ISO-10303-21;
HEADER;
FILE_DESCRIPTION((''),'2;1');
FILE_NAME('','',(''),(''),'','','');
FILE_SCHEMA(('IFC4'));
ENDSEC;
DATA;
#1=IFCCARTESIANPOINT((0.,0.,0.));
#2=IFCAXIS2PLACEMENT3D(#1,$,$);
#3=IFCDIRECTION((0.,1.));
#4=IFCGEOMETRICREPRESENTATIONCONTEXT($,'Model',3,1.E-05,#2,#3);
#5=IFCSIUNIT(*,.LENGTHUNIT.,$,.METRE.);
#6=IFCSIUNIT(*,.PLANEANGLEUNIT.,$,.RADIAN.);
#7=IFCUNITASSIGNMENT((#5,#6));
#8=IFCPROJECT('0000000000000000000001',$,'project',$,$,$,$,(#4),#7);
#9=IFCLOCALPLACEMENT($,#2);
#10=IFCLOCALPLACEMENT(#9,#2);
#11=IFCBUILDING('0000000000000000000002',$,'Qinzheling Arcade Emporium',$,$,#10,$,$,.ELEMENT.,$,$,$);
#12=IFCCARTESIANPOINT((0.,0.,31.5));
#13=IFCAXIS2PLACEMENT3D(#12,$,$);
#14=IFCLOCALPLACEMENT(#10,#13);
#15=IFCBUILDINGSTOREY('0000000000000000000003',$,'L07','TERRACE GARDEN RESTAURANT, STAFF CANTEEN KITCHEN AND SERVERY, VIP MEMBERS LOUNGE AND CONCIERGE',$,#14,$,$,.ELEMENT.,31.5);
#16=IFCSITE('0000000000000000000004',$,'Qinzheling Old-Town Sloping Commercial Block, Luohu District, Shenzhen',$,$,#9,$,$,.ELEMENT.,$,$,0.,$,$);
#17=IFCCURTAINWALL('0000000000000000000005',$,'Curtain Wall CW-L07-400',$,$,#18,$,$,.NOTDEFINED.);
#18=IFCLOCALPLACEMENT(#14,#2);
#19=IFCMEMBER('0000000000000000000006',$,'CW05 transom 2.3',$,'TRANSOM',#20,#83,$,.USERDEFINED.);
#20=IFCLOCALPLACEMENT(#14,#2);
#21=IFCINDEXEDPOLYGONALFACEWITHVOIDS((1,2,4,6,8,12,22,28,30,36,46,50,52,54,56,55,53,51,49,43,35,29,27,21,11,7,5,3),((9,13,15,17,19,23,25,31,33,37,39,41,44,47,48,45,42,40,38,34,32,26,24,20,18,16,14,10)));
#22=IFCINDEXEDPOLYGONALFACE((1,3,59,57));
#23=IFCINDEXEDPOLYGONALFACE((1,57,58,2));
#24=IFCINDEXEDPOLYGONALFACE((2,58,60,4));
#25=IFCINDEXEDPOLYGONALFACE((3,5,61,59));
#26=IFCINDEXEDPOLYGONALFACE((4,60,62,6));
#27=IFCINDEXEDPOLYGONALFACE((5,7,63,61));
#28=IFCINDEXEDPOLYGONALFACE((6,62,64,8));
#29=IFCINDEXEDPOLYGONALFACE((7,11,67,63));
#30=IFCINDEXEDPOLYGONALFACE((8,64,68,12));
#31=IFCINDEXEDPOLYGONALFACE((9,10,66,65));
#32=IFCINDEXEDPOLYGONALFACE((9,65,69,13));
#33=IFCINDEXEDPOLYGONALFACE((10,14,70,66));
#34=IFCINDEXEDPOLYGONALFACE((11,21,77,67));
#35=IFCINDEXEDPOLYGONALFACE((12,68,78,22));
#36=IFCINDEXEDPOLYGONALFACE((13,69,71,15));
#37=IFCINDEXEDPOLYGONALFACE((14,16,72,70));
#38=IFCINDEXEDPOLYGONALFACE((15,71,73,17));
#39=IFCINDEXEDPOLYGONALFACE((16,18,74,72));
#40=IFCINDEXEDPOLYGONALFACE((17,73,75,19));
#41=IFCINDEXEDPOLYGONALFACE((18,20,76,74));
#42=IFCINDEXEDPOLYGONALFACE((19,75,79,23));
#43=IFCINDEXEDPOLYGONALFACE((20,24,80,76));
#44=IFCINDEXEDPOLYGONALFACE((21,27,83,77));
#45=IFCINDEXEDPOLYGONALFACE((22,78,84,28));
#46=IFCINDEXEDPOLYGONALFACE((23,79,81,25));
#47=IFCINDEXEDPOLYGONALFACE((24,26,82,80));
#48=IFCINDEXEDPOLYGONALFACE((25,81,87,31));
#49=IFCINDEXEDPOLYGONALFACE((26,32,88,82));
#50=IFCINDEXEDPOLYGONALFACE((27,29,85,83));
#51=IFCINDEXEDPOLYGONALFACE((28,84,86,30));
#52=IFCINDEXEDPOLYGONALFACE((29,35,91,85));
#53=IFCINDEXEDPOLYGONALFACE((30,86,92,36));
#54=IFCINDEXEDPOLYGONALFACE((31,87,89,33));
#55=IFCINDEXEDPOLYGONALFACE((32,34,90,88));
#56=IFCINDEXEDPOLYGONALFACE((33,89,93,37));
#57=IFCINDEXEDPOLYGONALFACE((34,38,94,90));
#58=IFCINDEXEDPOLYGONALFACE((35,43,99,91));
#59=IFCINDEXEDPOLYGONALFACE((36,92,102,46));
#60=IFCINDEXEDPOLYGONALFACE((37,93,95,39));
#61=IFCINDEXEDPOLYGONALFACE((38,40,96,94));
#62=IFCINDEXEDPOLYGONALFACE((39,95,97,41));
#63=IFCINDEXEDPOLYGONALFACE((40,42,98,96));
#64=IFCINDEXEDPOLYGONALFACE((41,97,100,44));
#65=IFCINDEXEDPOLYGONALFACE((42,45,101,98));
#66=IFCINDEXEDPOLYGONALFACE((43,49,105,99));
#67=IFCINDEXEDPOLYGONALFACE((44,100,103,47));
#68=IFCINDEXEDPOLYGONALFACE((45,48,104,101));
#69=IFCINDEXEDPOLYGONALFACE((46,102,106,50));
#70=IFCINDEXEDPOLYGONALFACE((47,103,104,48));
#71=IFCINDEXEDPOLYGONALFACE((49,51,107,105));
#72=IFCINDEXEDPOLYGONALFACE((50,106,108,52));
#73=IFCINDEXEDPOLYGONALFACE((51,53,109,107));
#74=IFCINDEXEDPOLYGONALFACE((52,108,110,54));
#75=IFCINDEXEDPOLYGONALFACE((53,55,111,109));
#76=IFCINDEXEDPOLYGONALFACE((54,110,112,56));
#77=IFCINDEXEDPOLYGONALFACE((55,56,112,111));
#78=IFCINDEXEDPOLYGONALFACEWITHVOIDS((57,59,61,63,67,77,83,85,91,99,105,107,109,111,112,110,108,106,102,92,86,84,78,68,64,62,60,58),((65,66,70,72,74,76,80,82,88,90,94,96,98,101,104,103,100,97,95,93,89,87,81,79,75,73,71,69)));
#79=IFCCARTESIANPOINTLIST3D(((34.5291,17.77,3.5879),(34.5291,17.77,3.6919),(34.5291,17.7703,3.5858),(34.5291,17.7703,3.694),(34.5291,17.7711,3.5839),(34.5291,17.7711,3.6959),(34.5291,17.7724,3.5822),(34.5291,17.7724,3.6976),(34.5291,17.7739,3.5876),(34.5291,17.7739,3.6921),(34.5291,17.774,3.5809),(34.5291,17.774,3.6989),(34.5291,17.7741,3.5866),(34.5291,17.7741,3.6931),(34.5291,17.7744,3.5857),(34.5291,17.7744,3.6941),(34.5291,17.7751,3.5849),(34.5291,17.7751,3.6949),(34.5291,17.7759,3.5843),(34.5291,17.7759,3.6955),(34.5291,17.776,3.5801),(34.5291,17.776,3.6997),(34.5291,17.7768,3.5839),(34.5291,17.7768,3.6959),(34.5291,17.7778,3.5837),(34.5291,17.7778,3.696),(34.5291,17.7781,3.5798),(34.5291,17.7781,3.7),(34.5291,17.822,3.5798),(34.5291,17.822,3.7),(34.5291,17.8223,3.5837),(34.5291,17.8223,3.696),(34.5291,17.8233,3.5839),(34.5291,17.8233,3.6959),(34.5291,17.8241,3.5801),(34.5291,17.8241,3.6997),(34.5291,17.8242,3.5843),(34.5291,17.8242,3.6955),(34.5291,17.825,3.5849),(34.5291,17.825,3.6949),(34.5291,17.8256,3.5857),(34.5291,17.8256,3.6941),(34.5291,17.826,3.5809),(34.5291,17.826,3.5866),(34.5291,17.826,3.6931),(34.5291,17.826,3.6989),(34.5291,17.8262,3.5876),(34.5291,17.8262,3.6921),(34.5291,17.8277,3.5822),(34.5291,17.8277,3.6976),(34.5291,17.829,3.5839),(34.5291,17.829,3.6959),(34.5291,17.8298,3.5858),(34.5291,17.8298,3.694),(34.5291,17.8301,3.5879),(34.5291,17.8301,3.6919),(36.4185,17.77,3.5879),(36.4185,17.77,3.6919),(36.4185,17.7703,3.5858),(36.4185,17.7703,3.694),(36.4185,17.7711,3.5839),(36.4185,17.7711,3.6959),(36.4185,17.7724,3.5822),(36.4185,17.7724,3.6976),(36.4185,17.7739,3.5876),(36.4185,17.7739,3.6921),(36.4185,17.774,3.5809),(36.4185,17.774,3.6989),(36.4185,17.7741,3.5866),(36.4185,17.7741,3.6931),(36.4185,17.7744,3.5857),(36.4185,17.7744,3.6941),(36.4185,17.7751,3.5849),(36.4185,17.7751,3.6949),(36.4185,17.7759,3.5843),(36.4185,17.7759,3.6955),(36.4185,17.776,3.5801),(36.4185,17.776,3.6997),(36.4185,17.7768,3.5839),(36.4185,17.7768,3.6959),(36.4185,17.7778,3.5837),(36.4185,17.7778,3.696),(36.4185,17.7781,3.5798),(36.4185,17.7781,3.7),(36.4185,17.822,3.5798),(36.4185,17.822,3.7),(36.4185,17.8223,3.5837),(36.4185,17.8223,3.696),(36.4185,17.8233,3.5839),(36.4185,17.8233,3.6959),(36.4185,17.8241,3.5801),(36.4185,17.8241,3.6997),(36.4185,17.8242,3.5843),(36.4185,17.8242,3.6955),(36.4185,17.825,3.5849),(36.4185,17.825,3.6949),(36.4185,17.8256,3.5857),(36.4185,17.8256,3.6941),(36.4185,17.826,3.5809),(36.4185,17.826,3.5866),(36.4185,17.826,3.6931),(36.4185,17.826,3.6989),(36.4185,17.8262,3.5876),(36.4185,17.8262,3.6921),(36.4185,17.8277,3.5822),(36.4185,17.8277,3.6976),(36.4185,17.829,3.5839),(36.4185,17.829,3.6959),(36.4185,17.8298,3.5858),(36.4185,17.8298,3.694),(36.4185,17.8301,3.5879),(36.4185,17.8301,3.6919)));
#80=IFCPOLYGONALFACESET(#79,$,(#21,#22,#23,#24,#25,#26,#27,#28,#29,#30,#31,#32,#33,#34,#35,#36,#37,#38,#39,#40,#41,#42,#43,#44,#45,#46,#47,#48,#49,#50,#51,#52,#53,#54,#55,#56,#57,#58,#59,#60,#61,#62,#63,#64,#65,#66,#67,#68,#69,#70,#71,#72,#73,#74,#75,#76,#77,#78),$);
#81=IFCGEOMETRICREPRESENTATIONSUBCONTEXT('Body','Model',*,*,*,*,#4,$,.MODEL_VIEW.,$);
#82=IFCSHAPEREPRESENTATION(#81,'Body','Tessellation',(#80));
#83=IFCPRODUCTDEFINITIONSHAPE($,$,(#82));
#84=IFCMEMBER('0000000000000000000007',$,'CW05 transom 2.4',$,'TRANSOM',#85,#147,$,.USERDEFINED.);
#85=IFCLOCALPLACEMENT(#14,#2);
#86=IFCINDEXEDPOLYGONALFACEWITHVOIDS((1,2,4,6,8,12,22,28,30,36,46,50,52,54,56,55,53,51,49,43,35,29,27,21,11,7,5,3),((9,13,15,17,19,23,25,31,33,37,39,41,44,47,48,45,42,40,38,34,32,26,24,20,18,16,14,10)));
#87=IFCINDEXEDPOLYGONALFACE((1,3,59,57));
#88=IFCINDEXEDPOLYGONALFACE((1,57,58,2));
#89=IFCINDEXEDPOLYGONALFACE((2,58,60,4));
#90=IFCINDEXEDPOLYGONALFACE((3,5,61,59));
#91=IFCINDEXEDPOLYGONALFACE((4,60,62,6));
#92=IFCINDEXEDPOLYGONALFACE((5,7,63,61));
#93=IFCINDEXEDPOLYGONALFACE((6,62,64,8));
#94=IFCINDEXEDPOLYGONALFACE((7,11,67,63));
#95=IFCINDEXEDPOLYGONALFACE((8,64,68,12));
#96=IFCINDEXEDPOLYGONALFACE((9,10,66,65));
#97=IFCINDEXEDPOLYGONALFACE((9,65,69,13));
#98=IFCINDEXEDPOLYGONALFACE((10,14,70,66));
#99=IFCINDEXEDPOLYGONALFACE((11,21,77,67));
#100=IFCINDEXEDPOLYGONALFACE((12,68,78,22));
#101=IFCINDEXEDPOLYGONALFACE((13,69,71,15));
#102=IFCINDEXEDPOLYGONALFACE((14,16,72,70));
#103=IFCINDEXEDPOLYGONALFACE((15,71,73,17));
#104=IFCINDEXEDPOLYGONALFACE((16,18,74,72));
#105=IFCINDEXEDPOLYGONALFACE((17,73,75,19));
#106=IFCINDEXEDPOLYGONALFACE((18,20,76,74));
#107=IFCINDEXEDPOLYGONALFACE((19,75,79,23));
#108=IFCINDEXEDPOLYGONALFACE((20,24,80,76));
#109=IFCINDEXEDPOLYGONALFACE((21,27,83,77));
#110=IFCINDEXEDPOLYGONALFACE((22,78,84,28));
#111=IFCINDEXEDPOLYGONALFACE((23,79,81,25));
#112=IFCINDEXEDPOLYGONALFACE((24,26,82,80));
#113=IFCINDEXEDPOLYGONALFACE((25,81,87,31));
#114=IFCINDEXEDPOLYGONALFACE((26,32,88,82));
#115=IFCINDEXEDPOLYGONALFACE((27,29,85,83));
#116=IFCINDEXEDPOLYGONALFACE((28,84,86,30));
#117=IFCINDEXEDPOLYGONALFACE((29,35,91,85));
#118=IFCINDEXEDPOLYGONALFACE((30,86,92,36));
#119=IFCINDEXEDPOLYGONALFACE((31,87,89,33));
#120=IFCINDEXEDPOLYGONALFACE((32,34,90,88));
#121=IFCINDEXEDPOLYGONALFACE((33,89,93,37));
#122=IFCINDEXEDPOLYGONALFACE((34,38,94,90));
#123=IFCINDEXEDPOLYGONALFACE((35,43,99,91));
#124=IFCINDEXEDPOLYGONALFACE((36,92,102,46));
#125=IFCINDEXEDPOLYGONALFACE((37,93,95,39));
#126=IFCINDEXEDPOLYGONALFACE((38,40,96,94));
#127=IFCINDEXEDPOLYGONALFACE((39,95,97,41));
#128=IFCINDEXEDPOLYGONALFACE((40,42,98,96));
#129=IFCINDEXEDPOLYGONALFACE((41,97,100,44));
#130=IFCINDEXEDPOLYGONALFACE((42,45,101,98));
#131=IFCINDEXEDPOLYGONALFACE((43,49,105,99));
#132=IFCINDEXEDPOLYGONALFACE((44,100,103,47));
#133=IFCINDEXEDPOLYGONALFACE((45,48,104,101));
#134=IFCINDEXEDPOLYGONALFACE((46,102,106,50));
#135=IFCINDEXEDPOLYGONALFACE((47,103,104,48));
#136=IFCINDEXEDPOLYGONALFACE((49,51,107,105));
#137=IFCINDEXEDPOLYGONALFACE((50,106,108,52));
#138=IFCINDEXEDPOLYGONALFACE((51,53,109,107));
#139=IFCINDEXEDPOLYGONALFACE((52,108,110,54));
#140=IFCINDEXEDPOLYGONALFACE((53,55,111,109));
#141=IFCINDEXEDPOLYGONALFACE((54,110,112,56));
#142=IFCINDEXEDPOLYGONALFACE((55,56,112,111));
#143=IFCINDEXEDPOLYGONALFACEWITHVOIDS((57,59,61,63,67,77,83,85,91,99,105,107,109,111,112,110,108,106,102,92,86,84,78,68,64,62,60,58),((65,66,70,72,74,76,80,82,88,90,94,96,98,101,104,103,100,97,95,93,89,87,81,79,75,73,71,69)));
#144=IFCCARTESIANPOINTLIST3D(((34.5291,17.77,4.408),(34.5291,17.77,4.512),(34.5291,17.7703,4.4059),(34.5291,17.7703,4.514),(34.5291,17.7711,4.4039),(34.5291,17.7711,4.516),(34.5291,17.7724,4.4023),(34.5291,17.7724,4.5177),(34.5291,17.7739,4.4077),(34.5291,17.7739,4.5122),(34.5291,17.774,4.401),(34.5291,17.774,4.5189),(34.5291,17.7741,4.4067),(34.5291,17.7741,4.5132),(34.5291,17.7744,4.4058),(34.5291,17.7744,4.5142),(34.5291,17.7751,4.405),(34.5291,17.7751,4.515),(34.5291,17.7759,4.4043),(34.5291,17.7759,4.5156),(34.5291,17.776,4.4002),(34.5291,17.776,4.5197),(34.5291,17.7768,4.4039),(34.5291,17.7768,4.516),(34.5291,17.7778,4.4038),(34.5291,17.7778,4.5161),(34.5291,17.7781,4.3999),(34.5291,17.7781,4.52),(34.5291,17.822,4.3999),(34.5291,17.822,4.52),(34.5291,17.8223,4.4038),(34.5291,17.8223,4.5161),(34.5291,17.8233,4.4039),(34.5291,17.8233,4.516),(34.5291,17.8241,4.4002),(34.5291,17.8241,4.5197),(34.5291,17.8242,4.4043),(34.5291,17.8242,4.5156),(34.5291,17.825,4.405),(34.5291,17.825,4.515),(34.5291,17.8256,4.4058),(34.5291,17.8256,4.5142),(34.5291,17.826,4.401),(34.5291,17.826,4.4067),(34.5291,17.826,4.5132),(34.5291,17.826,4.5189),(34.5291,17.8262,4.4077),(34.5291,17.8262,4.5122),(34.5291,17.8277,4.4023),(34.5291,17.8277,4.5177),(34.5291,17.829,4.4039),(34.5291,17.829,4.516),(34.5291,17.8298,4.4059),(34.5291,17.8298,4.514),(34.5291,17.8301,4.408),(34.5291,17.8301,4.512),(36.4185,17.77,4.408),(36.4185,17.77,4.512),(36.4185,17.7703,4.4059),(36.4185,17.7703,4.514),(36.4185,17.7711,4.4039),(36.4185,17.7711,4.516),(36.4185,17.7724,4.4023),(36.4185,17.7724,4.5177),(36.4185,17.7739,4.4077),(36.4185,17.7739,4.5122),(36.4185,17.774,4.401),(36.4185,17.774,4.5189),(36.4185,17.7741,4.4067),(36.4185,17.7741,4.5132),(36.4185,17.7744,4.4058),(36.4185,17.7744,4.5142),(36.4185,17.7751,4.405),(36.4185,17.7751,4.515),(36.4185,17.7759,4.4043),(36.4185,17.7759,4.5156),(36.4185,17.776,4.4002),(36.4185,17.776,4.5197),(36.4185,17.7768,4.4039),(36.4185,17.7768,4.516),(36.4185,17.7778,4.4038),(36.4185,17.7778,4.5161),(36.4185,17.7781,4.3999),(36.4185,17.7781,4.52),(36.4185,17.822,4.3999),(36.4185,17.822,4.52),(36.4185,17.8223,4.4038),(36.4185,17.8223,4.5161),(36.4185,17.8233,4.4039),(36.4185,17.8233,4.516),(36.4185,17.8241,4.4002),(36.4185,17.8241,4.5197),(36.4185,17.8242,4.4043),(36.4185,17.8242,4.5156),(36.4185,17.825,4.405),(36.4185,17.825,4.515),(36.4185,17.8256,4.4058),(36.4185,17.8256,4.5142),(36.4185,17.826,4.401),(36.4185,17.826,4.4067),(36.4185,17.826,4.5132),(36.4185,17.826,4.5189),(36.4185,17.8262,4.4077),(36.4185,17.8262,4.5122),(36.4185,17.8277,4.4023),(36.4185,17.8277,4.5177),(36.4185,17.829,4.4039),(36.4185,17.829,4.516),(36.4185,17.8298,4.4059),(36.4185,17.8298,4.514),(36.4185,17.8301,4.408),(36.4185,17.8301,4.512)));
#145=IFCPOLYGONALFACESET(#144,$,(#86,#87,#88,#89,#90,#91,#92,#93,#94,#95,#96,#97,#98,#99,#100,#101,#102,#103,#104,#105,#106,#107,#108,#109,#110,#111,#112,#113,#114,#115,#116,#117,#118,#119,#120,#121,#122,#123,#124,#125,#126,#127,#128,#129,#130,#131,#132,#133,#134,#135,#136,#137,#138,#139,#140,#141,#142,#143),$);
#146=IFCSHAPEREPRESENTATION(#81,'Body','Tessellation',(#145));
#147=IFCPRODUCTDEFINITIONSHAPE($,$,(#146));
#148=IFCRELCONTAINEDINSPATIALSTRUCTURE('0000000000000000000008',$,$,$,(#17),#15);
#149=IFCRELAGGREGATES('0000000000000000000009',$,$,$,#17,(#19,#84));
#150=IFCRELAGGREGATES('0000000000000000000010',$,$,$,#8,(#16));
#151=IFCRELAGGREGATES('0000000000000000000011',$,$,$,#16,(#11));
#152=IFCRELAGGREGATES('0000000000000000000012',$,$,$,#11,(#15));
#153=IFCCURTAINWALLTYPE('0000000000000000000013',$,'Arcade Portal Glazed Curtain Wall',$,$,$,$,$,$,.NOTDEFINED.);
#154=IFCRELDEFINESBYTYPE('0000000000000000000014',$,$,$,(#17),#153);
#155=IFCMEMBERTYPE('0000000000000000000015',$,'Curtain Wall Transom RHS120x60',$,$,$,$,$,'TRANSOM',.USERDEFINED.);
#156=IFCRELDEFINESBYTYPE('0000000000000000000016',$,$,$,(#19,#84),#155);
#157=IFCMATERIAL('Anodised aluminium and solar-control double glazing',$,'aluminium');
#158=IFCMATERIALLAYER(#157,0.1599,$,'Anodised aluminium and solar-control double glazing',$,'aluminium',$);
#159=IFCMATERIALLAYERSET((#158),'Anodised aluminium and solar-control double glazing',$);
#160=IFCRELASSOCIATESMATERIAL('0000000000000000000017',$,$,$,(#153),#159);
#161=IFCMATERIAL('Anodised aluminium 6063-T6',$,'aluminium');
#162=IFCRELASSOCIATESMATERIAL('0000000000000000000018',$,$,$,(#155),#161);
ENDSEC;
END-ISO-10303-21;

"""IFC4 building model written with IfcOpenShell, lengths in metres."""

from ifc_helpers import new_model, si_unit, direction, frame, origin, origin_2d, place, context, subcontext, project, spatial, hollow_rectangle, extrude, material, layer, layer_set, material_profile, profile_set, type_object, element, aggregate, save


model = new_model("IFC4")

# Units and contexts
model_context = context("Model", 3, precision=1e-05, world=origin(), true_north=direction((0.0, 1.0)))
body_context = subcontext(model_context, "Body", "Model", "MODEL_VIEW")
ifc_project = project(units=[si_unit("LENGTHUNIT", "METRE"), si_unit("PLANEANGLEUNIT", "RADIAN")], contexts=[model_context])

# Site, building, storey
site_placement = place(None, origin())
site = spatial("IfcSite", under=ifc_project, at=site_placement, Name="Qinzheling Old-Town Sloping Commercial Block, Luohu District, Shenzhen", CompositionType="ELEMENT", RefElevation=0.0)
building_placement = place(site_placement, origin())
building = spatial("IfcBuilding", under=site, at=building_placement, Name="Qinzheling Arcade Emporium", CompositionType="ELEMENT")
storey_placement = place(building_placement, frame((0.0, 0.0, 31.5)))
storey = spatial("IfcBuildingStorey", under=building, at=storey_placement, Name="L07", Description="TERRACE GARDEN RESTAURANT, STAFF CANTEEN KITCHEN AND SERVERY, VIP MEMBERS LOUNGE AND CONCIERGE", CompositionType="ELEMENT", Elevation=31.5)

# Shared definitions
ifc_material_1 = material(Name="Anodised aluminium and solar-control double glazing", Category="aluminium")
ifc_layer_1 = layer(ifc_material_1, 0.1599, Name="Anodised aluminium and solar-control double glazing", Category="aluminium")
ifc_layer_set_1 = layer_set([ifc_layer_1], Name="Anodised aluminium and solar-control double glazing")
curtain_wall_type = type_object("IfcCurtainWallType", Name="Arcade Portal Glazed Curtain Wall", PredefinedType="NOTDEFINED", material=ifc_layer_set_1)
ifc_material_2 = material(Name="Anodised aluminium 6063-T6", Category="aluminium")

# Curtain wall, members
curtain_wall_1_placement = place(storey_placement, origin())
curtain_wall_1 = element("IfcCurtainWall", 1, at=curtain_wall_1_placement, inside=storey, type_object=curtain_wall_type, Name="Curtain Wall CW-L07-400", PredefinedType="NOTDEFINED")
ifc_material_profile_1 = material_profile(ifc_material_2, hollow_rectangle(XDim=0.0601, YDim=0.1201, WallThickness=0.0039, InnerFilletRadius=0.0039, OuterFilletRadius=0.0081, at=origin_2d()), Name="RHS 120x60x4", Category="aluminium")
ifc_profile_set_1 = profile_set([ifc_material_profile_1], Name="Anodised aluminium 6063-T6")
member_type_1 = type_object("IfcMemberType", Name="Curtain Wall Transom RHS120x60", ElementType="TRANSOM", PredefinedType="USERDEFINED", material=ifc_profile_set_1)
member_1_placement = place(storey_placement, frame((36.4185, 17.8, 3.6399), z_axis=(-1.0, 0.0, 0.0), x_axis=(0.0, -1.0, 0.0)))
member_1 = element("IfcMember", 2, at=member_1_placement, type_object=member_type_1, Name="CW05 transom 2.3", ObjectType="TRANSOM", PredefinedType="USERDEFINED", context=body_context, shape_type="SweptSolid", body=[
    extrude(hollow_rectangle(XDim=0.0601, YDim=0.1201, WallThickness=0.0039, InnerFilletRadius=0.0039, OuterFilletRadius=0.0081, at=origin_2d()), origin(), (0.0, 0.0, 1.0), 1.8894),
])
member_2_placement = place(storey_placement, frame((36.4185, 17.8, 4.46), z_axis=(-1.0, 0.0, 0.0), x_axis=(0.0, -1.0, 0.0)))
member_2 = element("IfcMember", 3, at=member_2_placement, type_object=member_type_1, Name="CW05 transom 2.4", ObjectType="TRANSOM", PredefinedType="USERDEFINED", context=body_context, shape_type="SweptSolid", body=[
    extrude(hollow_rectangle(XDim=0.0601, YDim=0.1201, WallThickness=0.0039, InnerFilletRadius=0.0039, OuterFilletRadius=0.0081, at=origin_2d()), origin(), (0.0, 0.0, 1.0), 1.8894),
])

aggregate(curtain_wall_1, [member_1, member_2])

save(model, "model.ifc")
